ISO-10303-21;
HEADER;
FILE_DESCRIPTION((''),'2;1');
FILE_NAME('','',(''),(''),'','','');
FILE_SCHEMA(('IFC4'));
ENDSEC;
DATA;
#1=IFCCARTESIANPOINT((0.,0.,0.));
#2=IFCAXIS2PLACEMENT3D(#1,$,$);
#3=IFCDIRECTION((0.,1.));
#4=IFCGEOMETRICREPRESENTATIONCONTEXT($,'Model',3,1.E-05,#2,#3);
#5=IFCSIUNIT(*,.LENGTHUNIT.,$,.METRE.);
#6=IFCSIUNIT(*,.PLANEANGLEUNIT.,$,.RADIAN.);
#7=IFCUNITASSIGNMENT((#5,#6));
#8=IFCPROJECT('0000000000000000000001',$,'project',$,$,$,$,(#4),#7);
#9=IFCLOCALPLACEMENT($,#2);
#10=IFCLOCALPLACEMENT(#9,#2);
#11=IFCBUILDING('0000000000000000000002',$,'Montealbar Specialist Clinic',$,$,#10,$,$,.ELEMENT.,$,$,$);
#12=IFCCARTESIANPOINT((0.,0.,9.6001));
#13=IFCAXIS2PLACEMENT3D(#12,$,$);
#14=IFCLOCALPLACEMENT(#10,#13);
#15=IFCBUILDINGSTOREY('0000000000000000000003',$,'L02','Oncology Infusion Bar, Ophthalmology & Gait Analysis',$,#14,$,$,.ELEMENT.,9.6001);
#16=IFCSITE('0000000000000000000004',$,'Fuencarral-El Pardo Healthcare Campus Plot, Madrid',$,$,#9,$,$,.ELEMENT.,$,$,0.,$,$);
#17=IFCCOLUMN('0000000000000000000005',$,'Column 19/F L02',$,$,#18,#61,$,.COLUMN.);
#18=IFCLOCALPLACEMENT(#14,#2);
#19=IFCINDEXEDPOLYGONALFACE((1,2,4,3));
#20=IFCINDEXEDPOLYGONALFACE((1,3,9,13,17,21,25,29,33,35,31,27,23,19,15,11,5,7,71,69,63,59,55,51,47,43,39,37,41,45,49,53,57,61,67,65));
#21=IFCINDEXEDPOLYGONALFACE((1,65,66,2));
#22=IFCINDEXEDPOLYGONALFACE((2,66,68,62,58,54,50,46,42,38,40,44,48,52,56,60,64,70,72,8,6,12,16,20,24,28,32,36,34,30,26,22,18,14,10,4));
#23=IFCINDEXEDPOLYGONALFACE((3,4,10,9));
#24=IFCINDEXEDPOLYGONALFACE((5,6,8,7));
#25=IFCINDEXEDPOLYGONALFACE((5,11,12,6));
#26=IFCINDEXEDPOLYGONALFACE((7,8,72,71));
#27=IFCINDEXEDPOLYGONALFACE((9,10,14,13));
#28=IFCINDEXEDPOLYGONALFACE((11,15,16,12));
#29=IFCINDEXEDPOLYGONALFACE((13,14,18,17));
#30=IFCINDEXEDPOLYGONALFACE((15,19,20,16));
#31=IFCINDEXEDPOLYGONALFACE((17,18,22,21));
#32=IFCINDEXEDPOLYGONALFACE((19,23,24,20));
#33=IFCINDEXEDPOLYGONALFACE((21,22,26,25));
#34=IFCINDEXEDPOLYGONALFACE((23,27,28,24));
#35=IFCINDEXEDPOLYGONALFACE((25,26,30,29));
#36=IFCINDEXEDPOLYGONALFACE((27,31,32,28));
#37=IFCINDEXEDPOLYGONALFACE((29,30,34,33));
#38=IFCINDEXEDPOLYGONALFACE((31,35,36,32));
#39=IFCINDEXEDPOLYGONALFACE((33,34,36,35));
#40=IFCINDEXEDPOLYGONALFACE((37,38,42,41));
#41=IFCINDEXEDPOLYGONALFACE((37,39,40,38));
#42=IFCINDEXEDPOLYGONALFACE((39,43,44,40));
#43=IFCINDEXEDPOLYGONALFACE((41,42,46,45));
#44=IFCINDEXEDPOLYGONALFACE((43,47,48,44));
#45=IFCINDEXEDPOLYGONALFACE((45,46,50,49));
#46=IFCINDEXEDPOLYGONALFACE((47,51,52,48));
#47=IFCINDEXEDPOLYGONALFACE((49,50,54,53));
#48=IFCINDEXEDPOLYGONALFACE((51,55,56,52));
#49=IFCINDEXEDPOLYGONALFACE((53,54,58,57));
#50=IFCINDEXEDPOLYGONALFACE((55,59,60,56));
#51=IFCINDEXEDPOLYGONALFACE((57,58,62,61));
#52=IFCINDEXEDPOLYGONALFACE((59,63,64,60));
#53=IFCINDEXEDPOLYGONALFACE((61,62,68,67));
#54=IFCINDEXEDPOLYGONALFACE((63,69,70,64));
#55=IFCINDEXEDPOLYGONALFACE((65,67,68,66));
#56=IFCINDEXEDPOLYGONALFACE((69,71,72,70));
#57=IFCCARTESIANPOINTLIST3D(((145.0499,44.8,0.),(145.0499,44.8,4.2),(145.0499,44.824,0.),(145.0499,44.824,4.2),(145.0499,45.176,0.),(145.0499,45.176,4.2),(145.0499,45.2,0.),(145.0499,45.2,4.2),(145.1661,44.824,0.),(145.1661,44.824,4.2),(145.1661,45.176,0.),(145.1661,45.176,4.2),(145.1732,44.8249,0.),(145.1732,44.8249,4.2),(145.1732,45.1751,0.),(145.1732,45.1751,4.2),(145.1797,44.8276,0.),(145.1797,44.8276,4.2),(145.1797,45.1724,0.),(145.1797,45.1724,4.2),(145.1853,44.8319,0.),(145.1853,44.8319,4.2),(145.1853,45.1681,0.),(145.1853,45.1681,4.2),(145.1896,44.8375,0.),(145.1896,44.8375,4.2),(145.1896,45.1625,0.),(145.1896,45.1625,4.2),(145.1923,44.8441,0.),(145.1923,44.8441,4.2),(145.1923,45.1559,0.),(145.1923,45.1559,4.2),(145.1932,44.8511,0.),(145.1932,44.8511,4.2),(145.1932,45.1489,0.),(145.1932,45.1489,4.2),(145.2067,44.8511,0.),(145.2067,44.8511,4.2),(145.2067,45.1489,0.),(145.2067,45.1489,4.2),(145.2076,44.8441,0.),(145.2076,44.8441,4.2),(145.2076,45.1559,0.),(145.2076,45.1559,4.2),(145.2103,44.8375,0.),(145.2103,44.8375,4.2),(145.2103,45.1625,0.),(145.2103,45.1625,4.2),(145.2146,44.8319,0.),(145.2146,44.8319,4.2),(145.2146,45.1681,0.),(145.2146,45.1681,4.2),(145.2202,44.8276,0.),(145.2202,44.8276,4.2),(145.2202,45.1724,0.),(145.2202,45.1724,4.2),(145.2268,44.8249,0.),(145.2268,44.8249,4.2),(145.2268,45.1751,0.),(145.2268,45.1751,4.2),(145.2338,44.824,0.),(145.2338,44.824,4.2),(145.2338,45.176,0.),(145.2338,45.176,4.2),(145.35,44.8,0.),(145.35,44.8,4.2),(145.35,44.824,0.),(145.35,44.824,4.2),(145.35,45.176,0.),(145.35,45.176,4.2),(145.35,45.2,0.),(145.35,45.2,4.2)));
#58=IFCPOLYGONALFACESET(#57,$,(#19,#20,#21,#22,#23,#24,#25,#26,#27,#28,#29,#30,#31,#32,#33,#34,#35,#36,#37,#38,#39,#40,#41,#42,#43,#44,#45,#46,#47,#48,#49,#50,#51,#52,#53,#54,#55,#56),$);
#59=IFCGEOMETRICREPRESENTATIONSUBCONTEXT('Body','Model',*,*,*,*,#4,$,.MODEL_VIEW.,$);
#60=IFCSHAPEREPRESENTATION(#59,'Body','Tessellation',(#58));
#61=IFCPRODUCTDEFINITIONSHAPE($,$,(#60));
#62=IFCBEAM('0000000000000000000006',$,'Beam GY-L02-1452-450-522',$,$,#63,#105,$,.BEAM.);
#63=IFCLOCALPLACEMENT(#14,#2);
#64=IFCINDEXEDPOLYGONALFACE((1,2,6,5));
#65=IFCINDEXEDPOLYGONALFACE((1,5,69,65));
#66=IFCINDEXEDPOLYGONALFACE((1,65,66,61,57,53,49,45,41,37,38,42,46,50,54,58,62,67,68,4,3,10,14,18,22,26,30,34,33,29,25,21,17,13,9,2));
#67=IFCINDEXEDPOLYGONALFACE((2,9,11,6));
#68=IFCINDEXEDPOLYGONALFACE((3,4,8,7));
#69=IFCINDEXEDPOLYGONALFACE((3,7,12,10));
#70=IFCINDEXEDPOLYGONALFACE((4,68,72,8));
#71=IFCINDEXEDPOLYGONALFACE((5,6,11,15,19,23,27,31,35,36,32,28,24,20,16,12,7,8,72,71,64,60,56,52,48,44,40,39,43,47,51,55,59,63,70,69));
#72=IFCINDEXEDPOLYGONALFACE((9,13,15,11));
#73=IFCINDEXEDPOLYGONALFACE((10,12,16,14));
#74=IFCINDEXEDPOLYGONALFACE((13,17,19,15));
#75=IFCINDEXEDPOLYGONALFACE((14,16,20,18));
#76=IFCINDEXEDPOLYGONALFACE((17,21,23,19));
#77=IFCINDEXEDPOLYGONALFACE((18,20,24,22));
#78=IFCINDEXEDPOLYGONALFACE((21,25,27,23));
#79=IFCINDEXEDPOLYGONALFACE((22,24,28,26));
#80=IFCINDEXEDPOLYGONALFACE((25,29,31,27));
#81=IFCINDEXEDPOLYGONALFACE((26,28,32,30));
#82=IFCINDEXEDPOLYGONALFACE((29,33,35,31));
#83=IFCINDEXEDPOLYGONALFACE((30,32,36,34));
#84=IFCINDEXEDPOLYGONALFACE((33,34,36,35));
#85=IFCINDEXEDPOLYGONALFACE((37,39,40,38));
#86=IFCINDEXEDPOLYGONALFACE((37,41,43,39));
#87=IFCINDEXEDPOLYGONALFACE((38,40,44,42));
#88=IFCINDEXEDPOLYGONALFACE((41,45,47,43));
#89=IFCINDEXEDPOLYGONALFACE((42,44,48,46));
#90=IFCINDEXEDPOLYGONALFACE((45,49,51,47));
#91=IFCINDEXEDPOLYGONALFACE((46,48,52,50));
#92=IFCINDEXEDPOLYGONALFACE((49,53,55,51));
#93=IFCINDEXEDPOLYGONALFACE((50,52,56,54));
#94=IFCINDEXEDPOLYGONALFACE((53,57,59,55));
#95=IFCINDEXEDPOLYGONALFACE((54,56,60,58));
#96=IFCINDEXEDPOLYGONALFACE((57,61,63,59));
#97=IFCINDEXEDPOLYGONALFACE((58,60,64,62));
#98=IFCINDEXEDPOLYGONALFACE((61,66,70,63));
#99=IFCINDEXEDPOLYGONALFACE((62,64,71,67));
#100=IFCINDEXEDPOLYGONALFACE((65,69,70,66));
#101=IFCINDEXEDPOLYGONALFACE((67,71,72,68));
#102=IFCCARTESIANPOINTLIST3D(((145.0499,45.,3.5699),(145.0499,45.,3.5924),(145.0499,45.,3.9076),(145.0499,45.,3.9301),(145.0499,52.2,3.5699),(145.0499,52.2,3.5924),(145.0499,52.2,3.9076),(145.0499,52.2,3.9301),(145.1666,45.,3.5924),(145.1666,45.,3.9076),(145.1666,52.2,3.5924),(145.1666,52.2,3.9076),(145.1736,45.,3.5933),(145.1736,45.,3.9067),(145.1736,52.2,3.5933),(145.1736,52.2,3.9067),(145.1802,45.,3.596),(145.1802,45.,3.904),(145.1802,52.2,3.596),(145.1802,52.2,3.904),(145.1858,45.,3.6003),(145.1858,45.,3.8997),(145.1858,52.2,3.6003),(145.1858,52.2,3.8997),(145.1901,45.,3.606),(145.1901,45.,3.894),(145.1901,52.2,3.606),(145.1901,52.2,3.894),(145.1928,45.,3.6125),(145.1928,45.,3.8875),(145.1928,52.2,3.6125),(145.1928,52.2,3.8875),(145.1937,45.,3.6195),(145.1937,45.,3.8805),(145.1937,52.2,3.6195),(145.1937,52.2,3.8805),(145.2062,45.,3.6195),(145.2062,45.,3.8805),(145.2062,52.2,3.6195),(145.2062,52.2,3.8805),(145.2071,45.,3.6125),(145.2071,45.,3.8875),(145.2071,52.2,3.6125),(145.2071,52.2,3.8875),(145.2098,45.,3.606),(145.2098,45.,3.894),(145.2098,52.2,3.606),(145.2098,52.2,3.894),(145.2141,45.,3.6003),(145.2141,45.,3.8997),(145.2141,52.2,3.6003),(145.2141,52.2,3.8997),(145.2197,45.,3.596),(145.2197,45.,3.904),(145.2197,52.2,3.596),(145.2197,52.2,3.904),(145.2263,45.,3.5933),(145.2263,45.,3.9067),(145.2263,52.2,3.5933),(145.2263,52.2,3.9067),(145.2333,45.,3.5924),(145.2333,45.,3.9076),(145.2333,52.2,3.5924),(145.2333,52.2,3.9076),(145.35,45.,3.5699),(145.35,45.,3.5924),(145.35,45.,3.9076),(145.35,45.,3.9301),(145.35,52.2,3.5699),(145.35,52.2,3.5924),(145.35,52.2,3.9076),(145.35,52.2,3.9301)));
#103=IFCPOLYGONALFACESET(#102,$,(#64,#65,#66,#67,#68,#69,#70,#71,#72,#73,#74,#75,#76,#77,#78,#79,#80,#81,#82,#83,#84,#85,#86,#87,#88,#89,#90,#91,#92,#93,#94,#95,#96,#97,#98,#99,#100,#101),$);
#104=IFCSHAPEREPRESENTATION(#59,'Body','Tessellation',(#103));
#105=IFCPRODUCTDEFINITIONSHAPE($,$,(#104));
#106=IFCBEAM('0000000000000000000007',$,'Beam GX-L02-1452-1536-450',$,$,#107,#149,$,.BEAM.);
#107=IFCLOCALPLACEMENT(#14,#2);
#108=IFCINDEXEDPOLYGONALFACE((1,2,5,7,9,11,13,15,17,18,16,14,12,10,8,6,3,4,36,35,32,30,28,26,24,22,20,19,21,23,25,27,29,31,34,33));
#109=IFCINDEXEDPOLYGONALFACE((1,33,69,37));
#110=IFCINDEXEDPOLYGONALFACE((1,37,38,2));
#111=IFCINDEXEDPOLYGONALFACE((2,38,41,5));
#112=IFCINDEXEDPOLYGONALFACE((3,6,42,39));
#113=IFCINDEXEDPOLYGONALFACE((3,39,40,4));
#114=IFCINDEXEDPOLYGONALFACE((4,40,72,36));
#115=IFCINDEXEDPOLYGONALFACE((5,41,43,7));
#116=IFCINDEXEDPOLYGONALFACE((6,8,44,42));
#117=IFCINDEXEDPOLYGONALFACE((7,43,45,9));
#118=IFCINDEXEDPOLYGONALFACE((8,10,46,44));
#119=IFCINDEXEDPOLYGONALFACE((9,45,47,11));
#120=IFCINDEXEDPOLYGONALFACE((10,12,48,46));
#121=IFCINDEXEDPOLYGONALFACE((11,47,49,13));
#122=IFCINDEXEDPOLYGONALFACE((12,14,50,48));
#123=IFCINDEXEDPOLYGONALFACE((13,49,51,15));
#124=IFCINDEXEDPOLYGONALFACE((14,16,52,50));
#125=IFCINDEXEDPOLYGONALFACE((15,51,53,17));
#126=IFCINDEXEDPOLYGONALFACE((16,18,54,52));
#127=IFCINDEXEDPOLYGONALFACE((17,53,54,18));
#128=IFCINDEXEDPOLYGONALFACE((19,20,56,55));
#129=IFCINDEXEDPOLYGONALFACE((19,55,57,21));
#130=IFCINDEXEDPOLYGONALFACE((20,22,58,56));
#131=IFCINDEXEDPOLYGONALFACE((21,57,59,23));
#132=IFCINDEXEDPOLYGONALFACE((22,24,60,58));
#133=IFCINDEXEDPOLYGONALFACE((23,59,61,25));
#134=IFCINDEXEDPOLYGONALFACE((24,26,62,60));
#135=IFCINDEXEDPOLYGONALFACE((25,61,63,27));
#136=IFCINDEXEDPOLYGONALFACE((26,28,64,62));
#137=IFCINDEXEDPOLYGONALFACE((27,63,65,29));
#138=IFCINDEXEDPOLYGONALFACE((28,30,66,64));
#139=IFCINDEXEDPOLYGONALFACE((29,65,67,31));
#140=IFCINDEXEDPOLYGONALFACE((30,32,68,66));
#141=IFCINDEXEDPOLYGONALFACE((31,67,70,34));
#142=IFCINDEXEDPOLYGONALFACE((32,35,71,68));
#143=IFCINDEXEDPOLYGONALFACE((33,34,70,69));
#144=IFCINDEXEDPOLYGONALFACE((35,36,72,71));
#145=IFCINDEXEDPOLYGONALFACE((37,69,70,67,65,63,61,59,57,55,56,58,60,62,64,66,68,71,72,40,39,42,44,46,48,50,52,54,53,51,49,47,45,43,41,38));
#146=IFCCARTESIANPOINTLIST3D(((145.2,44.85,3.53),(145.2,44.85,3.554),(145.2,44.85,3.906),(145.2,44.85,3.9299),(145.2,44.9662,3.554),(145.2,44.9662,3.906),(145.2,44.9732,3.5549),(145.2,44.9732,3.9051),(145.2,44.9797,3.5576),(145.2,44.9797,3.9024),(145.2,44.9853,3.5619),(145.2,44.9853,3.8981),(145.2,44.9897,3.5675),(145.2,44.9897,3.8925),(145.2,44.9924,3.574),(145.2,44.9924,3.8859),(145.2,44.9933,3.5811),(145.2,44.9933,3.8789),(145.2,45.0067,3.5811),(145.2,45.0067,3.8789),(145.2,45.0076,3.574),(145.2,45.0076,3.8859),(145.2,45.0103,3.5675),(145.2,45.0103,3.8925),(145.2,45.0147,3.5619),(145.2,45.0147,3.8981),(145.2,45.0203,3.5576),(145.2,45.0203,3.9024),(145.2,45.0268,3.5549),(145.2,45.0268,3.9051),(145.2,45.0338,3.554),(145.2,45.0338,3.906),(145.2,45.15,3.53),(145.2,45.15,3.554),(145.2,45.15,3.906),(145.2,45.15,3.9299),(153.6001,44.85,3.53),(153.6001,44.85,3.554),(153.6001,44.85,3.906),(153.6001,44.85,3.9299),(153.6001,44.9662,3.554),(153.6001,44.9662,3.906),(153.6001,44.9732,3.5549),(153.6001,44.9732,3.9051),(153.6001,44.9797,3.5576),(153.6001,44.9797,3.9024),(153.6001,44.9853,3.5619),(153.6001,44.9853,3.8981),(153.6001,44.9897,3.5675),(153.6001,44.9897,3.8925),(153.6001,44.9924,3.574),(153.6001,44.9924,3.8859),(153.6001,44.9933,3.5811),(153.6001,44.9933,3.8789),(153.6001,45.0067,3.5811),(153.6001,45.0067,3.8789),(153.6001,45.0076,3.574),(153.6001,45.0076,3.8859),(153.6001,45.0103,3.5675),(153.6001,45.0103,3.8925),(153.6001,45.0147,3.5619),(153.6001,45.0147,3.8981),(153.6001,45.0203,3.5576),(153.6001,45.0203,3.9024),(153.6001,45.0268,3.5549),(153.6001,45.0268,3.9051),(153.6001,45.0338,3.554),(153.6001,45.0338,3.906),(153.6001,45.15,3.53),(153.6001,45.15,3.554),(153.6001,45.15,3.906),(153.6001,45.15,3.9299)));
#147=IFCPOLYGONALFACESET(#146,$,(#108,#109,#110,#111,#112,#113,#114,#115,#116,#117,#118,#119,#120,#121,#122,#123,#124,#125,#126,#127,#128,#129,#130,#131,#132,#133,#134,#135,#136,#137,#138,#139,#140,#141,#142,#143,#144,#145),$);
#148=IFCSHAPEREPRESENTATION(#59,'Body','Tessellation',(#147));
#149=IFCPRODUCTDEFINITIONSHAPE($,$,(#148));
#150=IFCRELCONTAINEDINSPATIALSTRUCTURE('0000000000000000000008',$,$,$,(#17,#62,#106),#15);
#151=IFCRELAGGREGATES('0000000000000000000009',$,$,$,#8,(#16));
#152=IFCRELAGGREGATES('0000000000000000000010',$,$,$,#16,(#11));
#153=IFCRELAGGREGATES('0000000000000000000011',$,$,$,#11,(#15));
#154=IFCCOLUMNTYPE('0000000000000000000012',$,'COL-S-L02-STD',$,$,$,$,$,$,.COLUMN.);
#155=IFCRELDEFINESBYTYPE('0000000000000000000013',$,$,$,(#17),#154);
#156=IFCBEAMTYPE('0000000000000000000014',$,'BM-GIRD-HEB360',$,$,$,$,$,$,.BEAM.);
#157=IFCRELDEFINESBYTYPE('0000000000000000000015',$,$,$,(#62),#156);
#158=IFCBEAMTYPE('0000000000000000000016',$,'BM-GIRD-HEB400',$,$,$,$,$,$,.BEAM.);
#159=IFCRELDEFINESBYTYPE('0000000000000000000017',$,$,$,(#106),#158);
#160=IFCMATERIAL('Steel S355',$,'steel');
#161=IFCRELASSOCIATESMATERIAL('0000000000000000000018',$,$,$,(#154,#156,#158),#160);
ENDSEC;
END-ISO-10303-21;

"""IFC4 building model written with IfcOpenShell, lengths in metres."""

from ifc_helpers import new_model, si_unit, direction, frame, origin, origin_2d, place, context, subcontext, project, spatial, i_section, extrude, material, material_profile, profile_set, type_object, element, save


model = new_model("IFC4")

# Units and contexts
model_context = context("Model", 3, precision=1e-05, world=origin(), true_north=direction((0.0, 1.0)))
body_context = subcontext(model_context, "Body", "Model", "MODEL_VIEW")
ifc_project = project(units=[si_unit("LENGTHUNIT", "METRE"), si_unit("PLANEANGLEUNIT", "RADIAN")], contexts=[model_context])

# Site, building, storey
site_placement = place(None, origin())
site = spatial("IfcSite", under=ifc_project, at=site_placement, Name="Fuencarral-El Pardo Healthcare Campus Plot, Madrid", CompositionType="ELEMENT", RefElevation=0.0)
building_placement = place(site_placement, origin())
building = spatial("IfcBuilding", under=site, at=building_placement, Name="Montealbar Specialist Clinic", CompositionType="ELEMENT")
storey_placement = place(building_placement, frame((0.0, 0.0, 9.6001)))
storey = spatial("IfcBuildingStorey", under=building, at=storey_placement, Name="L02", Description="Oncology Infusion Bar, Ophthalmology & Gait Analysis", CompositionType="ELEMENT", Elevation=9.6001)

# Column
ifc_material_1 = material(Name="Steel S355", Category="steel")
ifc_material_profile_1 = material_profile(ifc_material_1, i_section(OverallWidth=0.3, OverallDepth=0.3999, WebThickness=0.0134, FlangeThickness=0.0239, FilletRadius=0.0271, at=origin_2d()), Name="HEB 400", Category="steel")
ifc_profile_set_1 = profile_set([ifc_material_profile_1], Name="Steel S355")
column_type = type_object("IfcColumnType", Name="COL-S-L02-STD", PredefinedType="COLUMN", material=ifc_profile_set_1)
column_placement = place(storey_placement, frame((145.2, 45.0, 0.0), z_axis=(0.0, 0.0, 1.0), x_axis=(1.0, 0.0, 0.0)))
element("IfcColumn", 1, at=column_placement, inside=storey, type_object=column_type, Name="Column 19/F L02", PredefinedType="COLUMN", context=body_context, shape_type="SweptSolid", body=[
    extrude(i_section(OverallWidth=0.3, OverallDepth=0.3999, WebThickness=0.0134, FlangeThickness=0.0239, FilletRadius=0.0271, at=origin_2d()), origin(), (0.0, 0.0, 1.0), 4.2),
])

# Beams
ifc_material_profile_2 = material_profile(ifc_material_1, i_section(OverallWidth=0.3, OverallDepth=0.3601, WebThickness=0.0125, FlangeThickness=0.0225, FilletRadius=0.0271, at=origin_2d()), Name="HEB 360", Category="steel")
ifc_profile_set_2 = profile_set([ifc_material_profile_2], Name="Steel S355")
beam_type_1 = type_object("IfcBeamType", Name="BM-GIRD-HEB360", PredefinedType="BEAM", material=ifc_profile_set_2)
beam_1_placement = place(storey_placement, frame((145.2, 45.0, 3.75), z_axis=(0.0, 1.0, 0.0), x_axis=(-1.0, 0.0, 0.0)))
element("IfcBeam", 2, at=beam_1_placement, inside=storey, type_object=beam_type_1, Name="Beam GY-L02-1452-450-522", PredefinedType="BEAM", context=body_context, shape_type="SweptSolid", body=[
    extrude(i_section(OverallWidth=0.3, OverallDepth=0.3601, WebThickness=0.0125, FlangeThickness=0.0225, FilletRadius=0.0271, at=origin_2d()), origin(), (0.0, 0.0, 1.0), 7.2),
])
ifc_material_profile_3 = material_profile(ifc_material_1, i_section(OverallWidth=0.3, OverallDepth=0.3999, WebThickness=0.0134, FlangeThickness=0.0239, FilletRadius=0.0271, at=origin_2d()), Name="HEB 400", Category="steel")
ifc_profile_set_3 = profile_set([ifc_material_profile_3], Name="Steel S355")
beam_type_2 = type_object("IfcBeamType", Name="BM-GIRD-HEB400", PredefinedType="BEAM", material=ifc_profile_set_3)
beam_2_placement = place(storey_placement, frame((145.2, 45.0, 3.73), z_axis=(1.0, 0.0, 0.0), x_axis=(0.0, 1.0, 0.0)))
element("IfcBeam", 3, at=beam_2_placement, inside=storey, type_object=beam_type_2, Name="Beam GX-L02-1452-1536-450", PredefinedType="BEAM", context=body_context, shape_type="SweptSolid", body=[
    extrude(i_section(OverallWidth=0.3, OverallDepth=0.3999, WebThickness=0.0134, FlangeThickness=0.0239, FilletRadius=0.0271, at=origin_2d()), origin(), (0.0, 0.0, 1.0), 8.4001),
])

save(model, "model.ifc")
